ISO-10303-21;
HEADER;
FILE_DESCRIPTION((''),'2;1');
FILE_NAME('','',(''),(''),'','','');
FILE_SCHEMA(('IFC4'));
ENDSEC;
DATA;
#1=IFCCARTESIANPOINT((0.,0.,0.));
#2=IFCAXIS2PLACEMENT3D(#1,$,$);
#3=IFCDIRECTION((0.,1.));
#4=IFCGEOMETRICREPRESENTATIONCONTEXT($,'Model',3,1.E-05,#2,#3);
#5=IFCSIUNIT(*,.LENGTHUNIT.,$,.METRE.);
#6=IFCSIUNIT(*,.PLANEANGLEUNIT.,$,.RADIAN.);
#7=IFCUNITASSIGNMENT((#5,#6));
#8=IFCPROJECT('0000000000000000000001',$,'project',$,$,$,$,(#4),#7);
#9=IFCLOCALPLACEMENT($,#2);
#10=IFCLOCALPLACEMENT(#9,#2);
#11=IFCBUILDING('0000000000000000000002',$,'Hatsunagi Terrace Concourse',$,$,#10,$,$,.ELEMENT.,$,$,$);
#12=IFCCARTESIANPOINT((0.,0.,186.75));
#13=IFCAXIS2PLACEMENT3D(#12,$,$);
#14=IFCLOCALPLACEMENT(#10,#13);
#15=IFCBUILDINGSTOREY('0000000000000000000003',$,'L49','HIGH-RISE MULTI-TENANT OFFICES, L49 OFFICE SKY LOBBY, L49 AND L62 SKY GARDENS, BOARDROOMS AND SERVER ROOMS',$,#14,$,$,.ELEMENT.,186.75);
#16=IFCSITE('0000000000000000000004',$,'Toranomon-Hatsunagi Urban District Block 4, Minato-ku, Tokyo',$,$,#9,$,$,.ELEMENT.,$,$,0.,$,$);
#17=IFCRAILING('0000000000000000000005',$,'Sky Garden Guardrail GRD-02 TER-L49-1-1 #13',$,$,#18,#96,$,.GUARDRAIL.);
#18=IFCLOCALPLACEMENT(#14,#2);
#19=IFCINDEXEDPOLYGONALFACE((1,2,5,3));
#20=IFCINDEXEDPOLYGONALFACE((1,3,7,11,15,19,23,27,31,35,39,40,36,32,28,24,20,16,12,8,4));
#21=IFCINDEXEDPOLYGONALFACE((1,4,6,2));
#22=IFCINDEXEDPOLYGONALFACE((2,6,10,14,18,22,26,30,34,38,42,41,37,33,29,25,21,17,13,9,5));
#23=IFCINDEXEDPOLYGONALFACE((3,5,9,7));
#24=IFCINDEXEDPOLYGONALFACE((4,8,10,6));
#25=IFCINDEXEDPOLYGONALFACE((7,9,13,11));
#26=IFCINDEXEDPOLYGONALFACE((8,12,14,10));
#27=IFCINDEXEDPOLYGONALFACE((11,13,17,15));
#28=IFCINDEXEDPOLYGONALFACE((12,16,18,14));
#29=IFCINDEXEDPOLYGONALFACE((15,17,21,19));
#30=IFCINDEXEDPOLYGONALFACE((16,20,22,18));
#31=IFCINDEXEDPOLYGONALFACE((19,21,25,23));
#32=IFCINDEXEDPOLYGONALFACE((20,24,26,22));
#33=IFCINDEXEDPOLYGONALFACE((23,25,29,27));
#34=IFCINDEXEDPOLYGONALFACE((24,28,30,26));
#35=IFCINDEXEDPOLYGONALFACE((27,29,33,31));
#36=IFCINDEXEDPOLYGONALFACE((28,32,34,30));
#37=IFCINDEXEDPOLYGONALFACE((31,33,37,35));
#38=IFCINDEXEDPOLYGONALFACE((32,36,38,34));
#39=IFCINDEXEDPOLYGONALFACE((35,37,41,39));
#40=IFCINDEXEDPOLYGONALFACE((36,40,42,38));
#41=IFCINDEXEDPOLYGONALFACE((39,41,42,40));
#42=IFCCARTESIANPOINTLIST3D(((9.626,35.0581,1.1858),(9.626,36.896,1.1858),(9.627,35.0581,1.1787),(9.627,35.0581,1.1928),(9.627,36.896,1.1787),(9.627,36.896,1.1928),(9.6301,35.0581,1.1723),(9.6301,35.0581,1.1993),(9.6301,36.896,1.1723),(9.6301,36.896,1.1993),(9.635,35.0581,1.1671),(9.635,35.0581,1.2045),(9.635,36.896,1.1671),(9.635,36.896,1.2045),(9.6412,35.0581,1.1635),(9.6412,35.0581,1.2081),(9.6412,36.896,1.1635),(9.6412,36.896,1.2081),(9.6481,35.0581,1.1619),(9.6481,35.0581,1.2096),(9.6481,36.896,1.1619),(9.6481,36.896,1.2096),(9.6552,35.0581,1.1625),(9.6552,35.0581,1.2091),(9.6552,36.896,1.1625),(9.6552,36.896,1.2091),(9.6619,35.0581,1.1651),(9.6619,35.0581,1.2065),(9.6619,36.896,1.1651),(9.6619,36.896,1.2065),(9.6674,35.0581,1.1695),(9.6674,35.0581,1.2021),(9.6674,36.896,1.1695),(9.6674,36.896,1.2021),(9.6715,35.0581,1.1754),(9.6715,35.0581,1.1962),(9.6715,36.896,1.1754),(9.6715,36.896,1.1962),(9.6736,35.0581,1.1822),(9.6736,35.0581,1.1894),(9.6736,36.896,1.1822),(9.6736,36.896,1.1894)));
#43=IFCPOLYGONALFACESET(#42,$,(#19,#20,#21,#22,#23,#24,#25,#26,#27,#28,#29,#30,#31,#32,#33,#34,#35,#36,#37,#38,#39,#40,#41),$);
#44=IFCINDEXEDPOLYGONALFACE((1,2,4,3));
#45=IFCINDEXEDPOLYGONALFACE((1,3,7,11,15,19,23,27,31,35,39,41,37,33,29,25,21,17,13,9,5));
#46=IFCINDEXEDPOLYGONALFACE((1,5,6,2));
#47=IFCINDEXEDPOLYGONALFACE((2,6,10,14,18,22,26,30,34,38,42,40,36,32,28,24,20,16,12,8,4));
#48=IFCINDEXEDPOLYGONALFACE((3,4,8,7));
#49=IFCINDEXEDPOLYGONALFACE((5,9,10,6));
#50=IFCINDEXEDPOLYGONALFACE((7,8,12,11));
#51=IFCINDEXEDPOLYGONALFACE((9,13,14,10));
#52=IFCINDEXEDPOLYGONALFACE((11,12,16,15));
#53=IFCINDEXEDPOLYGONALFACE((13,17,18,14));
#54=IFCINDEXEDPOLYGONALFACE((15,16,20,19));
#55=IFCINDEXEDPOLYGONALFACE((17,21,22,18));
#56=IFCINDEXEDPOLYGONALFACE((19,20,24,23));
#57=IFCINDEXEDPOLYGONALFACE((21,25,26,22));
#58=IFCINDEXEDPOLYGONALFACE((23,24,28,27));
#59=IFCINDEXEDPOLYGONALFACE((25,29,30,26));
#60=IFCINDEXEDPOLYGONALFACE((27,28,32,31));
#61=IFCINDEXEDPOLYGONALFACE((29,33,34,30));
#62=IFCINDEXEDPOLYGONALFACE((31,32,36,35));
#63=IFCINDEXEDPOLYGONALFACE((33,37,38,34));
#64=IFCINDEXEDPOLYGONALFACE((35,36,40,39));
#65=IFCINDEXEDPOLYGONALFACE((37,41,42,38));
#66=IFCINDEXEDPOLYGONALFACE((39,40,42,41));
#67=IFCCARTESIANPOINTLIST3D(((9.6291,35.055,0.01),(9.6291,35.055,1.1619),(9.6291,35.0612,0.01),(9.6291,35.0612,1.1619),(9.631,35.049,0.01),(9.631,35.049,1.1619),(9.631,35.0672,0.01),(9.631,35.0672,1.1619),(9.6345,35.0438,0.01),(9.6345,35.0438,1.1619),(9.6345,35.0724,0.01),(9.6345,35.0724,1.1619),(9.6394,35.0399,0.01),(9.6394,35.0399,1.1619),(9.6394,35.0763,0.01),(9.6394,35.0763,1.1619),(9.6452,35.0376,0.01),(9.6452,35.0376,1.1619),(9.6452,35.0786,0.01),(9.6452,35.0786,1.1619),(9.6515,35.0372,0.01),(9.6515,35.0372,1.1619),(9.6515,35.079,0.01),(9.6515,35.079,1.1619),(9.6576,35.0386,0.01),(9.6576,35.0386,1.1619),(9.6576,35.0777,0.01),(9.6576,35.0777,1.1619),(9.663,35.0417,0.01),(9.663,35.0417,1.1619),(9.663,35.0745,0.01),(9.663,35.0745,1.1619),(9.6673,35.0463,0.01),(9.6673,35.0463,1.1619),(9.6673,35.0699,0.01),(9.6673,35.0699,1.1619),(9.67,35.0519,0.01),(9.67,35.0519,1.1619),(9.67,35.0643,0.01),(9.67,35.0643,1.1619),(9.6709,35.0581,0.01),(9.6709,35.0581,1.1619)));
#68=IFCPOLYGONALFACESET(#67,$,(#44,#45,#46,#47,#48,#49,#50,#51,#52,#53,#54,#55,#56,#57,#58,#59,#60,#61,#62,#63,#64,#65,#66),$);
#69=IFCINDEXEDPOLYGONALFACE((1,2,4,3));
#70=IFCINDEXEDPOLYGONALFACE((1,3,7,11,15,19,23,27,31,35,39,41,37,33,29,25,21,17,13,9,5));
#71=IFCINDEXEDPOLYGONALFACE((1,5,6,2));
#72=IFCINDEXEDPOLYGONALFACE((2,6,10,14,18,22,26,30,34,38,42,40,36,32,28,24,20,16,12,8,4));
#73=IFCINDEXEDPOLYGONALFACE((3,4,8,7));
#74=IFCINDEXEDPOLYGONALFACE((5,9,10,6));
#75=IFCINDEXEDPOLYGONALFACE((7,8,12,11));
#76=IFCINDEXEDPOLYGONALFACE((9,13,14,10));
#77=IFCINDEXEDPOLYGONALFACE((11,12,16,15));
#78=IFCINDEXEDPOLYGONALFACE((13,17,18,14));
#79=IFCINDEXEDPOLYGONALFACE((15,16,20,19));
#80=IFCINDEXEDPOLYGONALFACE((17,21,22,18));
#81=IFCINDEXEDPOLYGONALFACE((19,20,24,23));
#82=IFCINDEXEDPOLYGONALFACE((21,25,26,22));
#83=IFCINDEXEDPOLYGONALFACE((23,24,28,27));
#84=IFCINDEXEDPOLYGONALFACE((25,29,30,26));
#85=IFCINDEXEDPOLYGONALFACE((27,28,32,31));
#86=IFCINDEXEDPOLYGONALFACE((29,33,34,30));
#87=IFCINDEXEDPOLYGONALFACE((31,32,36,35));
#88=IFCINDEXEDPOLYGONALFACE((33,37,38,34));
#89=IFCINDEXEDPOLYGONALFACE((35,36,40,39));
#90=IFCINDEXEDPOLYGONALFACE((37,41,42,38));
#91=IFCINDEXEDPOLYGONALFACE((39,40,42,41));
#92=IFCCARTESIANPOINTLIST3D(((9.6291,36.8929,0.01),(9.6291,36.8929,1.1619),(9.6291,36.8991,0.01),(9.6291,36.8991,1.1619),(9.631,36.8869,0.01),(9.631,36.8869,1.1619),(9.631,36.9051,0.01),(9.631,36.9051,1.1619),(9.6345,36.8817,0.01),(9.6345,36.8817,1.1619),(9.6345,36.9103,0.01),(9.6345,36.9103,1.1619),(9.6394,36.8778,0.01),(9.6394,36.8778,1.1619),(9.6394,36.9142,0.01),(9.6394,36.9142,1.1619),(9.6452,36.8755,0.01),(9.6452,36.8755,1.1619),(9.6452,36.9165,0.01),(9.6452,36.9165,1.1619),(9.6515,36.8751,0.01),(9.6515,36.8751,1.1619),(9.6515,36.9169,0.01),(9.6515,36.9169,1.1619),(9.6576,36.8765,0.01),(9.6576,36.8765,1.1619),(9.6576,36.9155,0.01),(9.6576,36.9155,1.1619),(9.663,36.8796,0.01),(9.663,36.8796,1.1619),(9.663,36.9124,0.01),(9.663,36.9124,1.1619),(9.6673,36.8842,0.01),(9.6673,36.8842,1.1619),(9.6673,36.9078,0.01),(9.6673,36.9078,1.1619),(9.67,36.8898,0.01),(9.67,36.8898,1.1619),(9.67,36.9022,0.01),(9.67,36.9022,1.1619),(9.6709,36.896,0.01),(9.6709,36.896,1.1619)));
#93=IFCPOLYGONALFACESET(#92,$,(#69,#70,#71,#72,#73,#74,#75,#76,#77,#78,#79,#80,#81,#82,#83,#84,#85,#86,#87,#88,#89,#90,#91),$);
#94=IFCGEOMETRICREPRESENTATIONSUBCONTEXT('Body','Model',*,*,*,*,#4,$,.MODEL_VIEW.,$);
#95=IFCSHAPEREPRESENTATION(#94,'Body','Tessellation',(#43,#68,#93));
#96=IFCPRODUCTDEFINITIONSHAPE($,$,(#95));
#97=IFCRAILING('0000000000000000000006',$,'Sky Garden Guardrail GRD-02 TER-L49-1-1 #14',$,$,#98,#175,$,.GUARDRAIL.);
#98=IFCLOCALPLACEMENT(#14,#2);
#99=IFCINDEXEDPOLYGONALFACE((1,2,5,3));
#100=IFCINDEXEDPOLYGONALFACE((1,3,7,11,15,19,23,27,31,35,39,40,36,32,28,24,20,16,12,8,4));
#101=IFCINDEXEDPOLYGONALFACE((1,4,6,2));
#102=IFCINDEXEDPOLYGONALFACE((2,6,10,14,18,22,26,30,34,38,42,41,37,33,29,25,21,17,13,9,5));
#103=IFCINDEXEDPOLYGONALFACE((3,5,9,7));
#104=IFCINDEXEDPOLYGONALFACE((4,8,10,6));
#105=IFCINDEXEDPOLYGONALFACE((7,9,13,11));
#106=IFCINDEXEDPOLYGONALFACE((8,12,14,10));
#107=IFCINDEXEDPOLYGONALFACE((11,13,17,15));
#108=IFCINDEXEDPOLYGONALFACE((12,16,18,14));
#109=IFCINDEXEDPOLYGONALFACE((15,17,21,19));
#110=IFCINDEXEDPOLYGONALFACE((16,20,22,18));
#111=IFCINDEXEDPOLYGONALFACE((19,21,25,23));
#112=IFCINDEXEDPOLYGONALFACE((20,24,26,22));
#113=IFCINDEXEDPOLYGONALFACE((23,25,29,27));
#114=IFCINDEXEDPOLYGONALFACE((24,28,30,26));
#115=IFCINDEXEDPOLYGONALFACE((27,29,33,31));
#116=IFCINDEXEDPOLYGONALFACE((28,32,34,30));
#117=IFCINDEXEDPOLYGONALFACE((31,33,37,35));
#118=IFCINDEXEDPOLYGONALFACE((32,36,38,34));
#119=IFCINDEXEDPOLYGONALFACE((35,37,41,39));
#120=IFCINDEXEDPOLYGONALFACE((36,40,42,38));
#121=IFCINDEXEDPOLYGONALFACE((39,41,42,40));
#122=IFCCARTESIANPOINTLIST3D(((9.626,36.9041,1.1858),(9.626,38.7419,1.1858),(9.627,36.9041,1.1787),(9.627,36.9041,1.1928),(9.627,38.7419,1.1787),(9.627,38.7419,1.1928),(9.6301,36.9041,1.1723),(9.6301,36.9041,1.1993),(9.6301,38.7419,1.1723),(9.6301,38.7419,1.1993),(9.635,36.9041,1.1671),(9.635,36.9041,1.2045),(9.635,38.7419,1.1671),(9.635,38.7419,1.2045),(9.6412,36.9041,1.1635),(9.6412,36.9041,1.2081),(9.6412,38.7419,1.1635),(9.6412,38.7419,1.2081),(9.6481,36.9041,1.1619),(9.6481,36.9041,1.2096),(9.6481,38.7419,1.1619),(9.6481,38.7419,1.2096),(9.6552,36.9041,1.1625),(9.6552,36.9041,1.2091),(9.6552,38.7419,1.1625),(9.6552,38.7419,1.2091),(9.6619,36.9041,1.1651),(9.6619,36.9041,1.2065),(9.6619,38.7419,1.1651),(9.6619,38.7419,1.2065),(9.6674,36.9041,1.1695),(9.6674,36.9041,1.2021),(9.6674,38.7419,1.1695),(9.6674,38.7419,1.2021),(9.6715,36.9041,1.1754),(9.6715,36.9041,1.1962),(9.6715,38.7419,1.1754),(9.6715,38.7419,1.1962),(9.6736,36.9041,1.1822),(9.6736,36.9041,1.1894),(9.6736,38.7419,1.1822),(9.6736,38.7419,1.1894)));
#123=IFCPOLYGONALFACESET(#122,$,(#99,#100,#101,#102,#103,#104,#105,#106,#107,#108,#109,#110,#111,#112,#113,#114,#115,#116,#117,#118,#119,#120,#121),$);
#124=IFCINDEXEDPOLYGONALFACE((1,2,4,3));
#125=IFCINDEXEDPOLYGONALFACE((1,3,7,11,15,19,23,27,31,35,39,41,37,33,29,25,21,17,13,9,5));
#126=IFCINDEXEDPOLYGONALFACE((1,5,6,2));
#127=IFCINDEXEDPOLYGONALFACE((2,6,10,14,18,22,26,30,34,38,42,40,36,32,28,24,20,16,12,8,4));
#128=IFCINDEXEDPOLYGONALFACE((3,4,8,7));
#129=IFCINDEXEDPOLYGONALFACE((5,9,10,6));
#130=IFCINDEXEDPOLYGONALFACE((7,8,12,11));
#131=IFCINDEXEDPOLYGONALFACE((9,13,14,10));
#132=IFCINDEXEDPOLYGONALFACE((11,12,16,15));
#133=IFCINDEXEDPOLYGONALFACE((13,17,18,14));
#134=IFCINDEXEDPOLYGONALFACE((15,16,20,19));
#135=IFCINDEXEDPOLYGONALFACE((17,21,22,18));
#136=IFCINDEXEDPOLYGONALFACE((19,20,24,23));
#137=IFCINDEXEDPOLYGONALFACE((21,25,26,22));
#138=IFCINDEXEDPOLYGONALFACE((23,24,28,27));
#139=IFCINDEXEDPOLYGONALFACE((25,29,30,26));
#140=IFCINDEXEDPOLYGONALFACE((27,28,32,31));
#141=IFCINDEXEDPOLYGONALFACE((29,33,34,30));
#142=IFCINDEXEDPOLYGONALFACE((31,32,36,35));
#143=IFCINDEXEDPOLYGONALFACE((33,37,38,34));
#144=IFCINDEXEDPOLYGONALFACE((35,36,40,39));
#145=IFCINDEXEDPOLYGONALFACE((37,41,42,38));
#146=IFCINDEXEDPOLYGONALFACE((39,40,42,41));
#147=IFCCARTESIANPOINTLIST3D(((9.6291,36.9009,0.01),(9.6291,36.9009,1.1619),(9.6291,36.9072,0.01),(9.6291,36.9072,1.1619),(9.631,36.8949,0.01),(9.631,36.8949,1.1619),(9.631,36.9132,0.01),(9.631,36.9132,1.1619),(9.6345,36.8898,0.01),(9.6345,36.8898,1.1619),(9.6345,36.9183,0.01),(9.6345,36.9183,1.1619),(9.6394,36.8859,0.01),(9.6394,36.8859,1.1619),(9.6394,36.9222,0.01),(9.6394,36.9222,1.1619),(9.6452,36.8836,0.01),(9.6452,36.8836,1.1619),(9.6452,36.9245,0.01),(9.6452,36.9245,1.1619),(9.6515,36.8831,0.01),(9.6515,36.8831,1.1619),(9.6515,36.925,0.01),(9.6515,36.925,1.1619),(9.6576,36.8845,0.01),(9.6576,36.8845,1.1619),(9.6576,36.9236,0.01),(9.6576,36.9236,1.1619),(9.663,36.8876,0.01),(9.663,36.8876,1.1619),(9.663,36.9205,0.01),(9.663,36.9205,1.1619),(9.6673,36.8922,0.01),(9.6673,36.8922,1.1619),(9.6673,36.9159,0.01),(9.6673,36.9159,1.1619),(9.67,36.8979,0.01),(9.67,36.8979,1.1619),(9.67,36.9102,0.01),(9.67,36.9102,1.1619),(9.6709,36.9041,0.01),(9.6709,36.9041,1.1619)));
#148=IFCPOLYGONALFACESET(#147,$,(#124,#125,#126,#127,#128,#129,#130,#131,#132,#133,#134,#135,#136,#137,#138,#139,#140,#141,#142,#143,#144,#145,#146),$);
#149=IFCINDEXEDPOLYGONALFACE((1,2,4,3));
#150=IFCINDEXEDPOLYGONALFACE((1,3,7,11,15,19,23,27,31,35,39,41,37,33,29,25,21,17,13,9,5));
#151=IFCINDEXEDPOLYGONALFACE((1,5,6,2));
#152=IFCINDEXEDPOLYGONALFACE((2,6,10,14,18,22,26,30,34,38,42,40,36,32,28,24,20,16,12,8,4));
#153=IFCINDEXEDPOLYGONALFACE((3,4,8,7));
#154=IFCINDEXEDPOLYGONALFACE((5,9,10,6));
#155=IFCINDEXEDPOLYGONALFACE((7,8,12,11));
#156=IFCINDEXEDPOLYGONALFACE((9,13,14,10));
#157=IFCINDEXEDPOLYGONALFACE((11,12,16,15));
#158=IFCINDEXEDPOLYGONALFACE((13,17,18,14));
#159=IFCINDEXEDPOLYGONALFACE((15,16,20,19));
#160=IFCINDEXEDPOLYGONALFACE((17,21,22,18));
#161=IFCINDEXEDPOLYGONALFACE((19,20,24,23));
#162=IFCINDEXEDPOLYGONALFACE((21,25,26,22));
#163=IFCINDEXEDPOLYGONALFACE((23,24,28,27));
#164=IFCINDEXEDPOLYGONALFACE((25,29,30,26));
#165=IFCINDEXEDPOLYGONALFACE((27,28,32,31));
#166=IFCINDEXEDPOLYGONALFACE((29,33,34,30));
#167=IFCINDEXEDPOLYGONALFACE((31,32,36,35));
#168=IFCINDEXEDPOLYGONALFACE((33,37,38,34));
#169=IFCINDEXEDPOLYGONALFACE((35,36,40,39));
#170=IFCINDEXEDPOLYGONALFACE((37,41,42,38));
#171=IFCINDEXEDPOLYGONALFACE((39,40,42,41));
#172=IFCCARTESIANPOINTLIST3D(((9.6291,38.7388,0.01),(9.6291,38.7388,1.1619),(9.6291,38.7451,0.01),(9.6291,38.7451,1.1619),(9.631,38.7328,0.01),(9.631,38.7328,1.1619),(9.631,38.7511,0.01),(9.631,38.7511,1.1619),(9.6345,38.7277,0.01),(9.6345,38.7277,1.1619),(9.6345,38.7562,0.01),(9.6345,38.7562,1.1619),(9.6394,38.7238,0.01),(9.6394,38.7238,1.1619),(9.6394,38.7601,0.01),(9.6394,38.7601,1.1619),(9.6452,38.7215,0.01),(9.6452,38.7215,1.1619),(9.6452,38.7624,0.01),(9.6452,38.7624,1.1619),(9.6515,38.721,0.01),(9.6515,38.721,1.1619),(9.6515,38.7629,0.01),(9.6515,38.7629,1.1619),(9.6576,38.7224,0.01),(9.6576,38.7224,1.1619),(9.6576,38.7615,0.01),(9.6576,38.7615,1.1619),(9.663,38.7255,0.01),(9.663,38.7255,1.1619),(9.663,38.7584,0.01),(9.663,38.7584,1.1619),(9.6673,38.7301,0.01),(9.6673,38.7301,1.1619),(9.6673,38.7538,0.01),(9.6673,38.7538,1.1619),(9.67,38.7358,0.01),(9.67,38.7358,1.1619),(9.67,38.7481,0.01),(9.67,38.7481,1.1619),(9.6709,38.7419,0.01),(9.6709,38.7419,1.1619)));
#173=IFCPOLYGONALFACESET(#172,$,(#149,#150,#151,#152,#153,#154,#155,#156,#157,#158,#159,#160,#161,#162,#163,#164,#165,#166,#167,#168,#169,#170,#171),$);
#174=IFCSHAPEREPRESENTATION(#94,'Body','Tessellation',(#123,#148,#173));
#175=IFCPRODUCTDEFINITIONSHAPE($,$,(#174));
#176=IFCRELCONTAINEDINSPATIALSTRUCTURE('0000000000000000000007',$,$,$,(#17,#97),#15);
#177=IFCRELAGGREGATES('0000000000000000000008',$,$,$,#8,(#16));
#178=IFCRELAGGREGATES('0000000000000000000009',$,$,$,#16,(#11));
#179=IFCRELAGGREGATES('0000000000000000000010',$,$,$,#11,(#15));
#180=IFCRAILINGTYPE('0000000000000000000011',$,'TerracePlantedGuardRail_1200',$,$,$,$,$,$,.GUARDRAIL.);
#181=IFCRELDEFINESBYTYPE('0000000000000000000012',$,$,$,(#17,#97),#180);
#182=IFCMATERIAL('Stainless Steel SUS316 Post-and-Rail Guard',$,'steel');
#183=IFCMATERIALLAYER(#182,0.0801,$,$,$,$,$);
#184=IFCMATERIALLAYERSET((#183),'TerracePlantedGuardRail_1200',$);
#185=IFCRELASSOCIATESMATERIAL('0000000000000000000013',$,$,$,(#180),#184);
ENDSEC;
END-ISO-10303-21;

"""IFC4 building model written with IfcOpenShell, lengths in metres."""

from ifc_helpers import new_model, si_unit, direction, frame, origin, origin_2d, place, context, subcontext, project, spatial, circle, extrude, material, layer, layer_set, type_object, element, save


model = new_model("IFC4")

# Units and contexts
model_context = context("Model", 3, precision=1e-05, world=origin(), true_north=direction((0.0, 1.0)))
body_context = subcontext(model_context, "Body", "Model", "MODEL_VIEW")
ifc_project = project(units=[si_unit("LENGTHUNIT", "METRE"), si_unit("PLANEANGLEUNIT", "RADIAN")], contexts=[model_context])

# Site, building, storey
site_placement = place(None, origin())
site = spatial("IfcSite", under=ifc_project, at=site_placement, Name="Toranomon-Hatsunagi Urban District Block 4, Minato-ku, Tokyo", CompositionType="ELEMENT", RefElevation=0.0)
building_placement = place(site_placement, origin())
building = spatial("IfcBuilding", under=site, at=building_placement, Name="Hatsunagi Terrace Concourse", CompositionType="ELEMENT")
storey_placement = place(building_placement, frame((0.0, 0.0, 186.75)))
storey = spatial("IfcBuildingStorey", under=building, at=storey_placement, Name="L49", Description="HIGH-RISE MULTI-TENANT OFFICES, L49 OFFICE SKY LOBBY, L49 AND L62 SKY GARDENS, BOARDROOMS AND SERVER ROOMS", CompositionType="ELEMENT", Elevation=186.75)

# Railings
ifc_material_1 = material(Name="Stainless Steel SUS316 Post-and-Rail Guard", Category="steel")
ifc_layer_1 = layer(ifc_material_1, 0.0801)
ifc_layer_set_1 = layer_set([ifc_layer_1], Name="TerracePlantedGuardRail_1200")
railing_type = type_object("IfcRailingType", Name="TerracePlantedGuardRail_1200", PredefinedType="GUARDRAIL", material=ifc_layer_set_1)
for number, where, name in (
    (1, (9.6499, 35.0581, 0.01), "Sky Garden Guardrail GRD-02 TER-L49-1-1 #13"),
    (2, (9.6499, 36.9041, 0.01), "Sky Garden Guardrail GRD-02 TER-L49-1-1 #14"),
):
    element("IfcRailing", number, at=place(storey_placement, frame(where)), inside=storey, type_object=railing_type, Name=name, PredefinedType="GUARDRAIL", context=body_context, shape_type="SweptSolid", body=[
        extrude(circle(Radius=0.0239, at=origin_2d()), frame((0.0, 0.0, 1.1758), z_axis=(0.0, 1.0, 0.0), x_axis=(-1.0, 0.0, 0.0)), (0.0, 0.0, 1.0), 1.8379),
        extrude(circle(Radius=0.021, at=origin_2d()), origin(), (0.0, 0.0, 1.0), 1.1519),
        extrude(circle(Radius=0.021, at=origin_2d()), frame((0.0, 1.8379, 0.0)), (0.0, 0.0, 1.0), 1.1519),
    ])

save(model, "model.ifc")
